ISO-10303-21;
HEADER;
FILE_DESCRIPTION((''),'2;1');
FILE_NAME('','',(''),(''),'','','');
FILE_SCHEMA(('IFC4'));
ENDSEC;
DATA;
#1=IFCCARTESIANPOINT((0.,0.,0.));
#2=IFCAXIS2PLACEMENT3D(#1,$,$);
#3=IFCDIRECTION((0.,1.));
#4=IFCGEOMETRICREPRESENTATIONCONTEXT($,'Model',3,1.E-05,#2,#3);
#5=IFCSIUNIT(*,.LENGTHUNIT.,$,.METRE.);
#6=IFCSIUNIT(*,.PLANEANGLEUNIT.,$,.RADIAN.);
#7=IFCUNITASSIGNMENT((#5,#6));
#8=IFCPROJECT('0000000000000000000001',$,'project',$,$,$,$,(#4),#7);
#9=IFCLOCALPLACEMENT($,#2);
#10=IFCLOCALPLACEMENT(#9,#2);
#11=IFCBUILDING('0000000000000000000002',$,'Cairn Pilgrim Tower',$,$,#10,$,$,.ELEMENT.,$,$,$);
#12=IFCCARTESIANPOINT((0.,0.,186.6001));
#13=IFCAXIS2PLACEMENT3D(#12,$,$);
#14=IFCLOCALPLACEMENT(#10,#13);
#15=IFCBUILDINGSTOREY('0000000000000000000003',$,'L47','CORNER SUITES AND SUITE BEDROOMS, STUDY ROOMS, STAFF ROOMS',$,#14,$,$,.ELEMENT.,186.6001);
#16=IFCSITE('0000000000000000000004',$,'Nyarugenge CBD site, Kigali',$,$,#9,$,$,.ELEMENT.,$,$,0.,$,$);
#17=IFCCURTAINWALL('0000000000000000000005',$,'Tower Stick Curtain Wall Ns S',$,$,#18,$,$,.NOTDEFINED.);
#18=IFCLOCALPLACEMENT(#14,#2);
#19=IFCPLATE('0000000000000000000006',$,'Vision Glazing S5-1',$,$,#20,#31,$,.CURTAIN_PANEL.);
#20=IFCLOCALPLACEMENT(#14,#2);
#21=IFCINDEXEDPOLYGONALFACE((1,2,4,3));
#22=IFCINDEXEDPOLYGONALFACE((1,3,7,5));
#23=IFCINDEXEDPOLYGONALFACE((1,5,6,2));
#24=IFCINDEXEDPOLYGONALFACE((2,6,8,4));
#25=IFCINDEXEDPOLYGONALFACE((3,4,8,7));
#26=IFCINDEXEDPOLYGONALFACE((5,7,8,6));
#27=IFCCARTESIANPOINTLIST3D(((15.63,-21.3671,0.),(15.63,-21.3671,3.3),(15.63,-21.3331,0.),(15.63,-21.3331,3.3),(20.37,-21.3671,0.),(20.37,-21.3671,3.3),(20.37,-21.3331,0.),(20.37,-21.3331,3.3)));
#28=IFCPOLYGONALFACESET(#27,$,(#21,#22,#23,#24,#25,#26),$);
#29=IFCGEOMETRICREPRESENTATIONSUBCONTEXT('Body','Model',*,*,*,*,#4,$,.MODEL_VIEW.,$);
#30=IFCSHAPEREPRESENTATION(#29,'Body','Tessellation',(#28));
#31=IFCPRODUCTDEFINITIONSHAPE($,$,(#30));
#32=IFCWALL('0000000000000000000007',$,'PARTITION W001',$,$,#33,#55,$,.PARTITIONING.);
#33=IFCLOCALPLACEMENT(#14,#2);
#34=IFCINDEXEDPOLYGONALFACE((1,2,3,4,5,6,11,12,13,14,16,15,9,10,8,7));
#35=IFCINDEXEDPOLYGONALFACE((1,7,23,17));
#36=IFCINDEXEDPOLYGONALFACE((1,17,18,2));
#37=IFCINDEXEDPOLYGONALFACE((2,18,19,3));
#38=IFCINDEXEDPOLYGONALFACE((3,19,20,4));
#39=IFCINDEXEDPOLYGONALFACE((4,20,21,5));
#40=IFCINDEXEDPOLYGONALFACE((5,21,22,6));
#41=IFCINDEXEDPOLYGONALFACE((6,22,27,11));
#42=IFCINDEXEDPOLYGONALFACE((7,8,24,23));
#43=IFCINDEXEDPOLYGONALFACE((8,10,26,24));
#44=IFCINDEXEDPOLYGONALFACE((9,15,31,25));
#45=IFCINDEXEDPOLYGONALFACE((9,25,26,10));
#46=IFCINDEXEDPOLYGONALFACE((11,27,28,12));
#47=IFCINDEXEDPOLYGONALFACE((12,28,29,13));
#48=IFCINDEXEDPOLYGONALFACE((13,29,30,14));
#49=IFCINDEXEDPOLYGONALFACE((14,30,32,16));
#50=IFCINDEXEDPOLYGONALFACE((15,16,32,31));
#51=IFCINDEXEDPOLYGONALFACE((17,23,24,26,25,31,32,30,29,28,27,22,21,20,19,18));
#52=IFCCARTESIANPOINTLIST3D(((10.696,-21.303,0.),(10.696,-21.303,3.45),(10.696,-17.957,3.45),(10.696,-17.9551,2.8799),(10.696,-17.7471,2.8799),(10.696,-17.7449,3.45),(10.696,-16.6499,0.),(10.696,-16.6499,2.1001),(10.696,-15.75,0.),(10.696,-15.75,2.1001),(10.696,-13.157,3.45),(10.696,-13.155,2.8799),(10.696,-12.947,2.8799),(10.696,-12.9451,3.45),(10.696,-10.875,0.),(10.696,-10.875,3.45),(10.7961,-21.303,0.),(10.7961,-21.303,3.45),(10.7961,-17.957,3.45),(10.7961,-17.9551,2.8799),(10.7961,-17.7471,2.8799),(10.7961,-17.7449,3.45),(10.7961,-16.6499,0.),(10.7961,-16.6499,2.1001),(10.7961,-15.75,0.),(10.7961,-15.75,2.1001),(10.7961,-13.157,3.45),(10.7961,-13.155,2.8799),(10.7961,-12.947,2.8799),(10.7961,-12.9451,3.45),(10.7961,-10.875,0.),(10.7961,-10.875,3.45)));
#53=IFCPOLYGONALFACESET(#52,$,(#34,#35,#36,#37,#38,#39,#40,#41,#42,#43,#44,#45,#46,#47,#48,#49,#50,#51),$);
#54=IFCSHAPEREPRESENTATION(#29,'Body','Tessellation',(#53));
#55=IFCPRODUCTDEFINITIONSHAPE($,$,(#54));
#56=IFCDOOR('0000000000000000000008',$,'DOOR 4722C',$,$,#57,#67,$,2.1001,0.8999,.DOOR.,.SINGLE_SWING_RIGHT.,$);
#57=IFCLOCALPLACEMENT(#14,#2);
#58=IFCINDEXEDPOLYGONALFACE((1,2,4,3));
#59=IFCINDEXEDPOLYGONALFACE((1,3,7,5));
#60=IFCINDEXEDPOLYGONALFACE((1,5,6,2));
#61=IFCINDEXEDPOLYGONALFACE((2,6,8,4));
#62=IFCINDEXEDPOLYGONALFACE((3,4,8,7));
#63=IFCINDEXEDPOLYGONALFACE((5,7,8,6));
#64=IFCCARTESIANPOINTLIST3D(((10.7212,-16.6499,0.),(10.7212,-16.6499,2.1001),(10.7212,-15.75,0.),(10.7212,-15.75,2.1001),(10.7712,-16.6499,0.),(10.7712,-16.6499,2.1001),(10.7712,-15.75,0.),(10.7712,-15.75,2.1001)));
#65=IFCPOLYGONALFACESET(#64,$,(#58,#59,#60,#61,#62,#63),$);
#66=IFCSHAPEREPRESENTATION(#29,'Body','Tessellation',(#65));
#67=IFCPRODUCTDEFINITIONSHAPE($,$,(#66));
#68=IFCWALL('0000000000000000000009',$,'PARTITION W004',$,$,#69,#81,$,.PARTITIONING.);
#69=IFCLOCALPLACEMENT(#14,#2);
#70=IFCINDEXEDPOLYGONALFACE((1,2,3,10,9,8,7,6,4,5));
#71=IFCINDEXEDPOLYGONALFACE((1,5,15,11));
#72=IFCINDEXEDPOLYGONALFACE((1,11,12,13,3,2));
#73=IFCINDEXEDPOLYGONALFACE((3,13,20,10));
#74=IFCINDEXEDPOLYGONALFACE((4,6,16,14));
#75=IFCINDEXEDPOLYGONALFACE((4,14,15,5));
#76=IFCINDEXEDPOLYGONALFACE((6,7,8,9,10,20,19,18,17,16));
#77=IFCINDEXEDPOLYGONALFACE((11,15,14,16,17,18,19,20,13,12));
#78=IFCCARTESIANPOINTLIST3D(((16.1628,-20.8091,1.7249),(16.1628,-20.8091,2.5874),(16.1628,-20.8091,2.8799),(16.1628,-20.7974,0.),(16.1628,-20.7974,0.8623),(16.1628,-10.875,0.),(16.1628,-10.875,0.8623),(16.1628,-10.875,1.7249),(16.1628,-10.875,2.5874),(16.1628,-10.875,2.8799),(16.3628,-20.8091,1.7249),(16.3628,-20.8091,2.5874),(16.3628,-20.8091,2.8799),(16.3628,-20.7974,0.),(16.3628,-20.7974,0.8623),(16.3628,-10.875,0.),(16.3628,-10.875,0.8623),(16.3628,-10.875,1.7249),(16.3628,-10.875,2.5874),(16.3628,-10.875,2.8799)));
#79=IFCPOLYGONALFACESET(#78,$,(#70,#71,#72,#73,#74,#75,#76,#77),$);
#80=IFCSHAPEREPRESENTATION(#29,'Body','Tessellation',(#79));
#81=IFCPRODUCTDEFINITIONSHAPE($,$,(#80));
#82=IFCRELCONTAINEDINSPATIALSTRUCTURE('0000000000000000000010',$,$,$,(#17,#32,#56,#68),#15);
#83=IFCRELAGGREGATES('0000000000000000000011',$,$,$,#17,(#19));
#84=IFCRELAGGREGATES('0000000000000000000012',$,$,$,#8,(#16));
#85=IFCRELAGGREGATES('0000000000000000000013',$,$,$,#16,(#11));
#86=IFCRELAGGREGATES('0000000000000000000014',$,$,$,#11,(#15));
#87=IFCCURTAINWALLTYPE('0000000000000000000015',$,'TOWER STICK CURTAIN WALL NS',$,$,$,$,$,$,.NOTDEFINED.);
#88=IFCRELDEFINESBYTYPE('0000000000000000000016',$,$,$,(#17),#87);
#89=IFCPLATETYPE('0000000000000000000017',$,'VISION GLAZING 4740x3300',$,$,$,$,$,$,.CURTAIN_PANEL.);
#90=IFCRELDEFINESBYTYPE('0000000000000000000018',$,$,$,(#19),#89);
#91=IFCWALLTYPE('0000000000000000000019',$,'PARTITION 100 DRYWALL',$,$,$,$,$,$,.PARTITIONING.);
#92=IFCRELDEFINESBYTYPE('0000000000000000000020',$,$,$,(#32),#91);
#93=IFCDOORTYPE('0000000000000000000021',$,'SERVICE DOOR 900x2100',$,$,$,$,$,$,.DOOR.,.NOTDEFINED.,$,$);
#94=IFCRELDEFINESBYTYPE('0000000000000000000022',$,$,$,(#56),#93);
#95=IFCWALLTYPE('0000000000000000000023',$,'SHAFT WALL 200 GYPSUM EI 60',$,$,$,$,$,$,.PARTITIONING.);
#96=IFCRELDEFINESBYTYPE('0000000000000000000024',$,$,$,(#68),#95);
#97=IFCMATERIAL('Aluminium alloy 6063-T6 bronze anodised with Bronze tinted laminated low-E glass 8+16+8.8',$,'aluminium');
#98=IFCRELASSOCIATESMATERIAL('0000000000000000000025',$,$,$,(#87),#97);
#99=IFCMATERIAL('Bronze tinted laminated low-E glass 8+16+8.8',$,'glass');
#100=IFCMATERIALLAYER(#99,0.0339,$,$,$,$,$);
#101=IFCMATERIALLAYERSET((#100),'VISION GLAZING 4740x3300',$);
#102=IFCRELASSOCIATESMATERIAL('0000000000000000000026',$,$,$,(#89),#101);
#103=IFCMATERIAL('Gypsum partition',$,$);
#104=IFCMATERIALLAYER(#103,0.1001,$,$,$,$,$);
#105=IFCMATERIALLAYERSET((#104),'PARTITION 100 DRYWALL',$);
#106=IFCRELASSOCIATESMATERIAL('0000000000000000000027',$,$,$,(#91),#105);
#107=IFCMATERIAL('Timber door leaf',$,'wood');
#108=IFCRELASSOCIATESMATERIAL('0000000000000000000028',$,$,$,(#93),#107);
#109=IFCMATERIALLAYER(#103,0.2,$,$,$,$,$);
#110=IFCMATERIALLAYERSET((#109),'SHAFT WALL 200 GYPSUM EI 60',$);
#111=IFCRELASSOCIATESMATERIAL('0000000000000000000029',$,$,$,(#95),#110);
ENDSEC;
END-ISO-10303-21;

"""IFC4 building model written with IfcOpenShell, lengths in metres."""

from ifc_helpers import new_model, si_unit, direction, frame, frame_2d, origin, origin_2d, place, context, subcontext, project, spatial, polyline, rectangle, outline, extrude, material, layer, layer_set, type_object, element, fill, aggregate, save


model = new_model("IFC4")

# Units and contexts
model_context = context("Model", 3, precision=1e-05, world=origin(), true_north=direction((0.0, 1.0)))
body_context = subcontext(model_context, "Body", "Model", "MODEL_VIEW")
ifc_project = project(units=[si_unit("LENGTHUNIT", "METRE"), si_unit("PLANEANGLEUNIT", "RADIAN")], contexts=[model_context])

# Site, building, storey
site_placement = place(None, origin())
site = spatial("IfcSite", under=ifc_project, at=site_placement, Name="Nyarugenge CBD site, Kigali", CompositionType="ELEMENT", RefElevation=0.0)
building_placement = place(site_placement, origin())
building = spatial("IfcBuilding", under=site, at=building_placement, Name="Cairn Pilgrim Tower", CompositionType="ELEMENT")
storey_placement = place(building_placement, frame((0.0, 0.0, 186.6001)))
storey = spatial("IfcBuildingStorey", under=building, at=storey_placement, Name="L47", Description="CORNER SUITES AND SUITE BEDROOMS, STUDY ROOMS, STAFF ROOMS", CompositionType="ELEMENT", Elevation=186.6001)

# Curtain wall
ifc_material_1 = material(Name="Aluminium alloy 6063-T6 bronze anodised with Bronze tinted laminated low-E glass 8+16+8.8", Category="aluminium")
curtain_wall_type = type_object("IfcCurtainWallType", Name="TOWER STICK CURTAIN WALL NS", PredefinedType="NOTDEFINED", material=ifc_material_1)
curtain_wall_placement = place(storey_placement, origin())
curtain_wall = element("IfcCurtainWall", 1, at=curtain_wall_placement, inside=storey, type_object=curtain_wall_type, Name="Tower Stick Curtain Wall Ns S", PredefinedType="NOTDEFINED")

# Plate
ifc_material_2 = material(Name="Bronze tinted laminated low-E glass 8+16+8.8", Category="glass")
ifc_layer_1 = layer(ifc_material_2, 0.0339)
ifc_layer_set_1 = layer_set([ifc_layer_1], Name="VISION GLAZING 4740x3300")
plate_type = type_object("IfcPlateType", Name="VISION GLAZING 4740x3300", PredefinedType="CURTAIN_PANEL", material=ifc_layer_set_1)
plate_1_placement = place(storey_placement, frame((18.0, -21.3501, 0.0), z_axis=(0.0, 0.0, 1.0), x_axis=(1.0, 0.0, 0.0)))
plate_1 = element("IfcPlate", 2, at=plate_1_placement, type_object=plate_type, Name="Vision Glazing S5-1", PredefinedType="CURTAIN_PANEL", context=body_context, shape_type="SweptSolid", body=[
    extrude(rectangle(XDim=4.74, YDim=0.0339, at=origin_2d()), origin(), (0.0, 0.0, 1.0), 3.3),
])
aggregate(curtain_wall, [plate_1])

# Wall, opening, door
ifc_material_3 = material(Name="Gypsum partition")
ifc_layer_2 = layer(ifc_material_3, 0.1001)
ifc_layer_set_2 = layer_set([ifc_layer_2], Name="PARTITION 100 DRYWALL")
wall_type_1 = type_object("IfcWallType", Name="PARTITION 100 DRYWALL", PredefinedType="PARTITIONING", material=ifc_layer_set_2)
wall_1_placement = place(storey_placement, frame((10.7461, -21.303, 0.0), z_axis=(0.0, 0.0, 1.0), x_axis=(0.0, 1.0, 0.0)))
wall_1 = element("IfcWall", 3, at=wall_1_placement, inside=storey, type_object=wall_type_1, Name="PARTITION W001", PredefinedType="PARTITIONING", context=body_context, shape_type="SweptSolid", body=[
    extrude(outline(polyline([(0.0, 0.0), (10.428, 0.0), (10.428, 3.45), (8.3579, 3.45), (8.356, 2.8799), (8.1479, 2.8799), (8.146, 3.45), (3.5581, 3.45), (3.5559, 2.8799), (3.3479, 2.8799), (3.3459, 3.45), (0.0, 3.45), (0.0, 0.0)])), frame((0.0, 0.05, 0.0), z_axis=(0.0, -1.0, 0.0), x_axis=(1.0, 0.0, 0.0)), (0.0, 0.0, 1.0), 0.1001),
])
opening_1_placement = place(wall_1_placement, frame((4.6531, 0.0, 0.0)))
opening_1 = element("IfcOpeningElement", 4, at=opening_1_placement, cuts=wall_1, PredefinedType="OPENING", context=body_context, shape_type="SweptSolid", body=[
    extrude(rectangle(XDim=0.8999, YDim=2.1001, at=frame_2d((0.45, 1.05))), frame((0.0, 0.0601, 0.0), z_axis=(0.0, -1.0, 0.0), x_axis=(1.0, 0.0, 0.0)), (0.0, 0.0, 1.0), 0.1201),
])
ifc_material_4 = material(Name="Timber door leaf", Category="wood")
door_type_1 = type_object("IfcDoorType", Name="SERVICE DOOR 900x2100", OperationType="NOTDEFINED", PredefinedType="DOOR", material=ifc_material_4)
door_1_placement = place(opening_1_placement, origin())
door_1 = element("IfcDoor", 5, at=door_1_placement, inside=storey, type_object=door_type_1, Name="DOOR 4722C", OperationType="SINGLE_SWING_RIGHT", OverallHeight=2.1001, OverallWidth=0.8999, PredefinedType="DOOR", context=body_context, shape_type="SweptSolid", body=[
    extrude(rectangle(XDim=0.8999, YDim=2.1001, at=frame_2d((0.45, 1.05))), frame((0.0, 0.0249, 0.0), z_axis=(0.0, -1.0, 0.0), x_axis=(1.0, 0.0, 0.0)), (0.0, 0.0, 1.0), 0.05),
])
fill(opening_1, door_1)

# Wall
ifc_layer_3 = layer(ifc_material_3, 0.2)
ifc_layer_set_3 = layer_set([ifc_layer_3], Name="SHAFT WALL 200 GYPSUM EI 60")
wall_type_2 = type_object("IfcWallType", Name="SHAFT WALL 200 GYPSUM EI 60", PredefinedType="PARTITIONING", material=ifc_layer_set_3)
wall_2_placement = place(storey_placement, frame((16.2629, -20.8091, 0.0), z_axis=(0.0, 0.0, 1.0), x_axis=(0.0, 1.0, 0.0)))
element("IfcWall", 6, at=wall_2_placement, inside=storey, type_object=wall_type_2, Name="PARTITION W004", PredefinedType="PARTITIONING", context=body_context, shape_type="SweptSolid", body=[
    extrude(outline(polyline([(0.0117, 0.0), (9.9341, 0.0), (9.9341, 0.8623), (9.9341, 1.7249), (9.9341, 2.5874), (9.9341, 2.8799), (0.0, 2.8799), (0.0, 2.5874), (0.0, 1.7249), (0.0117, 0.8623), (0.0117, 0.0)])), frame((0.0, 0.1001, 0.0), z_axis=(0.0, -1.0, 0.0), x_axis=(1.0, 0.0, 0.0)), (0.0, 0.0, 1.0), 0.2),
])

save(model, "model.ifc")
